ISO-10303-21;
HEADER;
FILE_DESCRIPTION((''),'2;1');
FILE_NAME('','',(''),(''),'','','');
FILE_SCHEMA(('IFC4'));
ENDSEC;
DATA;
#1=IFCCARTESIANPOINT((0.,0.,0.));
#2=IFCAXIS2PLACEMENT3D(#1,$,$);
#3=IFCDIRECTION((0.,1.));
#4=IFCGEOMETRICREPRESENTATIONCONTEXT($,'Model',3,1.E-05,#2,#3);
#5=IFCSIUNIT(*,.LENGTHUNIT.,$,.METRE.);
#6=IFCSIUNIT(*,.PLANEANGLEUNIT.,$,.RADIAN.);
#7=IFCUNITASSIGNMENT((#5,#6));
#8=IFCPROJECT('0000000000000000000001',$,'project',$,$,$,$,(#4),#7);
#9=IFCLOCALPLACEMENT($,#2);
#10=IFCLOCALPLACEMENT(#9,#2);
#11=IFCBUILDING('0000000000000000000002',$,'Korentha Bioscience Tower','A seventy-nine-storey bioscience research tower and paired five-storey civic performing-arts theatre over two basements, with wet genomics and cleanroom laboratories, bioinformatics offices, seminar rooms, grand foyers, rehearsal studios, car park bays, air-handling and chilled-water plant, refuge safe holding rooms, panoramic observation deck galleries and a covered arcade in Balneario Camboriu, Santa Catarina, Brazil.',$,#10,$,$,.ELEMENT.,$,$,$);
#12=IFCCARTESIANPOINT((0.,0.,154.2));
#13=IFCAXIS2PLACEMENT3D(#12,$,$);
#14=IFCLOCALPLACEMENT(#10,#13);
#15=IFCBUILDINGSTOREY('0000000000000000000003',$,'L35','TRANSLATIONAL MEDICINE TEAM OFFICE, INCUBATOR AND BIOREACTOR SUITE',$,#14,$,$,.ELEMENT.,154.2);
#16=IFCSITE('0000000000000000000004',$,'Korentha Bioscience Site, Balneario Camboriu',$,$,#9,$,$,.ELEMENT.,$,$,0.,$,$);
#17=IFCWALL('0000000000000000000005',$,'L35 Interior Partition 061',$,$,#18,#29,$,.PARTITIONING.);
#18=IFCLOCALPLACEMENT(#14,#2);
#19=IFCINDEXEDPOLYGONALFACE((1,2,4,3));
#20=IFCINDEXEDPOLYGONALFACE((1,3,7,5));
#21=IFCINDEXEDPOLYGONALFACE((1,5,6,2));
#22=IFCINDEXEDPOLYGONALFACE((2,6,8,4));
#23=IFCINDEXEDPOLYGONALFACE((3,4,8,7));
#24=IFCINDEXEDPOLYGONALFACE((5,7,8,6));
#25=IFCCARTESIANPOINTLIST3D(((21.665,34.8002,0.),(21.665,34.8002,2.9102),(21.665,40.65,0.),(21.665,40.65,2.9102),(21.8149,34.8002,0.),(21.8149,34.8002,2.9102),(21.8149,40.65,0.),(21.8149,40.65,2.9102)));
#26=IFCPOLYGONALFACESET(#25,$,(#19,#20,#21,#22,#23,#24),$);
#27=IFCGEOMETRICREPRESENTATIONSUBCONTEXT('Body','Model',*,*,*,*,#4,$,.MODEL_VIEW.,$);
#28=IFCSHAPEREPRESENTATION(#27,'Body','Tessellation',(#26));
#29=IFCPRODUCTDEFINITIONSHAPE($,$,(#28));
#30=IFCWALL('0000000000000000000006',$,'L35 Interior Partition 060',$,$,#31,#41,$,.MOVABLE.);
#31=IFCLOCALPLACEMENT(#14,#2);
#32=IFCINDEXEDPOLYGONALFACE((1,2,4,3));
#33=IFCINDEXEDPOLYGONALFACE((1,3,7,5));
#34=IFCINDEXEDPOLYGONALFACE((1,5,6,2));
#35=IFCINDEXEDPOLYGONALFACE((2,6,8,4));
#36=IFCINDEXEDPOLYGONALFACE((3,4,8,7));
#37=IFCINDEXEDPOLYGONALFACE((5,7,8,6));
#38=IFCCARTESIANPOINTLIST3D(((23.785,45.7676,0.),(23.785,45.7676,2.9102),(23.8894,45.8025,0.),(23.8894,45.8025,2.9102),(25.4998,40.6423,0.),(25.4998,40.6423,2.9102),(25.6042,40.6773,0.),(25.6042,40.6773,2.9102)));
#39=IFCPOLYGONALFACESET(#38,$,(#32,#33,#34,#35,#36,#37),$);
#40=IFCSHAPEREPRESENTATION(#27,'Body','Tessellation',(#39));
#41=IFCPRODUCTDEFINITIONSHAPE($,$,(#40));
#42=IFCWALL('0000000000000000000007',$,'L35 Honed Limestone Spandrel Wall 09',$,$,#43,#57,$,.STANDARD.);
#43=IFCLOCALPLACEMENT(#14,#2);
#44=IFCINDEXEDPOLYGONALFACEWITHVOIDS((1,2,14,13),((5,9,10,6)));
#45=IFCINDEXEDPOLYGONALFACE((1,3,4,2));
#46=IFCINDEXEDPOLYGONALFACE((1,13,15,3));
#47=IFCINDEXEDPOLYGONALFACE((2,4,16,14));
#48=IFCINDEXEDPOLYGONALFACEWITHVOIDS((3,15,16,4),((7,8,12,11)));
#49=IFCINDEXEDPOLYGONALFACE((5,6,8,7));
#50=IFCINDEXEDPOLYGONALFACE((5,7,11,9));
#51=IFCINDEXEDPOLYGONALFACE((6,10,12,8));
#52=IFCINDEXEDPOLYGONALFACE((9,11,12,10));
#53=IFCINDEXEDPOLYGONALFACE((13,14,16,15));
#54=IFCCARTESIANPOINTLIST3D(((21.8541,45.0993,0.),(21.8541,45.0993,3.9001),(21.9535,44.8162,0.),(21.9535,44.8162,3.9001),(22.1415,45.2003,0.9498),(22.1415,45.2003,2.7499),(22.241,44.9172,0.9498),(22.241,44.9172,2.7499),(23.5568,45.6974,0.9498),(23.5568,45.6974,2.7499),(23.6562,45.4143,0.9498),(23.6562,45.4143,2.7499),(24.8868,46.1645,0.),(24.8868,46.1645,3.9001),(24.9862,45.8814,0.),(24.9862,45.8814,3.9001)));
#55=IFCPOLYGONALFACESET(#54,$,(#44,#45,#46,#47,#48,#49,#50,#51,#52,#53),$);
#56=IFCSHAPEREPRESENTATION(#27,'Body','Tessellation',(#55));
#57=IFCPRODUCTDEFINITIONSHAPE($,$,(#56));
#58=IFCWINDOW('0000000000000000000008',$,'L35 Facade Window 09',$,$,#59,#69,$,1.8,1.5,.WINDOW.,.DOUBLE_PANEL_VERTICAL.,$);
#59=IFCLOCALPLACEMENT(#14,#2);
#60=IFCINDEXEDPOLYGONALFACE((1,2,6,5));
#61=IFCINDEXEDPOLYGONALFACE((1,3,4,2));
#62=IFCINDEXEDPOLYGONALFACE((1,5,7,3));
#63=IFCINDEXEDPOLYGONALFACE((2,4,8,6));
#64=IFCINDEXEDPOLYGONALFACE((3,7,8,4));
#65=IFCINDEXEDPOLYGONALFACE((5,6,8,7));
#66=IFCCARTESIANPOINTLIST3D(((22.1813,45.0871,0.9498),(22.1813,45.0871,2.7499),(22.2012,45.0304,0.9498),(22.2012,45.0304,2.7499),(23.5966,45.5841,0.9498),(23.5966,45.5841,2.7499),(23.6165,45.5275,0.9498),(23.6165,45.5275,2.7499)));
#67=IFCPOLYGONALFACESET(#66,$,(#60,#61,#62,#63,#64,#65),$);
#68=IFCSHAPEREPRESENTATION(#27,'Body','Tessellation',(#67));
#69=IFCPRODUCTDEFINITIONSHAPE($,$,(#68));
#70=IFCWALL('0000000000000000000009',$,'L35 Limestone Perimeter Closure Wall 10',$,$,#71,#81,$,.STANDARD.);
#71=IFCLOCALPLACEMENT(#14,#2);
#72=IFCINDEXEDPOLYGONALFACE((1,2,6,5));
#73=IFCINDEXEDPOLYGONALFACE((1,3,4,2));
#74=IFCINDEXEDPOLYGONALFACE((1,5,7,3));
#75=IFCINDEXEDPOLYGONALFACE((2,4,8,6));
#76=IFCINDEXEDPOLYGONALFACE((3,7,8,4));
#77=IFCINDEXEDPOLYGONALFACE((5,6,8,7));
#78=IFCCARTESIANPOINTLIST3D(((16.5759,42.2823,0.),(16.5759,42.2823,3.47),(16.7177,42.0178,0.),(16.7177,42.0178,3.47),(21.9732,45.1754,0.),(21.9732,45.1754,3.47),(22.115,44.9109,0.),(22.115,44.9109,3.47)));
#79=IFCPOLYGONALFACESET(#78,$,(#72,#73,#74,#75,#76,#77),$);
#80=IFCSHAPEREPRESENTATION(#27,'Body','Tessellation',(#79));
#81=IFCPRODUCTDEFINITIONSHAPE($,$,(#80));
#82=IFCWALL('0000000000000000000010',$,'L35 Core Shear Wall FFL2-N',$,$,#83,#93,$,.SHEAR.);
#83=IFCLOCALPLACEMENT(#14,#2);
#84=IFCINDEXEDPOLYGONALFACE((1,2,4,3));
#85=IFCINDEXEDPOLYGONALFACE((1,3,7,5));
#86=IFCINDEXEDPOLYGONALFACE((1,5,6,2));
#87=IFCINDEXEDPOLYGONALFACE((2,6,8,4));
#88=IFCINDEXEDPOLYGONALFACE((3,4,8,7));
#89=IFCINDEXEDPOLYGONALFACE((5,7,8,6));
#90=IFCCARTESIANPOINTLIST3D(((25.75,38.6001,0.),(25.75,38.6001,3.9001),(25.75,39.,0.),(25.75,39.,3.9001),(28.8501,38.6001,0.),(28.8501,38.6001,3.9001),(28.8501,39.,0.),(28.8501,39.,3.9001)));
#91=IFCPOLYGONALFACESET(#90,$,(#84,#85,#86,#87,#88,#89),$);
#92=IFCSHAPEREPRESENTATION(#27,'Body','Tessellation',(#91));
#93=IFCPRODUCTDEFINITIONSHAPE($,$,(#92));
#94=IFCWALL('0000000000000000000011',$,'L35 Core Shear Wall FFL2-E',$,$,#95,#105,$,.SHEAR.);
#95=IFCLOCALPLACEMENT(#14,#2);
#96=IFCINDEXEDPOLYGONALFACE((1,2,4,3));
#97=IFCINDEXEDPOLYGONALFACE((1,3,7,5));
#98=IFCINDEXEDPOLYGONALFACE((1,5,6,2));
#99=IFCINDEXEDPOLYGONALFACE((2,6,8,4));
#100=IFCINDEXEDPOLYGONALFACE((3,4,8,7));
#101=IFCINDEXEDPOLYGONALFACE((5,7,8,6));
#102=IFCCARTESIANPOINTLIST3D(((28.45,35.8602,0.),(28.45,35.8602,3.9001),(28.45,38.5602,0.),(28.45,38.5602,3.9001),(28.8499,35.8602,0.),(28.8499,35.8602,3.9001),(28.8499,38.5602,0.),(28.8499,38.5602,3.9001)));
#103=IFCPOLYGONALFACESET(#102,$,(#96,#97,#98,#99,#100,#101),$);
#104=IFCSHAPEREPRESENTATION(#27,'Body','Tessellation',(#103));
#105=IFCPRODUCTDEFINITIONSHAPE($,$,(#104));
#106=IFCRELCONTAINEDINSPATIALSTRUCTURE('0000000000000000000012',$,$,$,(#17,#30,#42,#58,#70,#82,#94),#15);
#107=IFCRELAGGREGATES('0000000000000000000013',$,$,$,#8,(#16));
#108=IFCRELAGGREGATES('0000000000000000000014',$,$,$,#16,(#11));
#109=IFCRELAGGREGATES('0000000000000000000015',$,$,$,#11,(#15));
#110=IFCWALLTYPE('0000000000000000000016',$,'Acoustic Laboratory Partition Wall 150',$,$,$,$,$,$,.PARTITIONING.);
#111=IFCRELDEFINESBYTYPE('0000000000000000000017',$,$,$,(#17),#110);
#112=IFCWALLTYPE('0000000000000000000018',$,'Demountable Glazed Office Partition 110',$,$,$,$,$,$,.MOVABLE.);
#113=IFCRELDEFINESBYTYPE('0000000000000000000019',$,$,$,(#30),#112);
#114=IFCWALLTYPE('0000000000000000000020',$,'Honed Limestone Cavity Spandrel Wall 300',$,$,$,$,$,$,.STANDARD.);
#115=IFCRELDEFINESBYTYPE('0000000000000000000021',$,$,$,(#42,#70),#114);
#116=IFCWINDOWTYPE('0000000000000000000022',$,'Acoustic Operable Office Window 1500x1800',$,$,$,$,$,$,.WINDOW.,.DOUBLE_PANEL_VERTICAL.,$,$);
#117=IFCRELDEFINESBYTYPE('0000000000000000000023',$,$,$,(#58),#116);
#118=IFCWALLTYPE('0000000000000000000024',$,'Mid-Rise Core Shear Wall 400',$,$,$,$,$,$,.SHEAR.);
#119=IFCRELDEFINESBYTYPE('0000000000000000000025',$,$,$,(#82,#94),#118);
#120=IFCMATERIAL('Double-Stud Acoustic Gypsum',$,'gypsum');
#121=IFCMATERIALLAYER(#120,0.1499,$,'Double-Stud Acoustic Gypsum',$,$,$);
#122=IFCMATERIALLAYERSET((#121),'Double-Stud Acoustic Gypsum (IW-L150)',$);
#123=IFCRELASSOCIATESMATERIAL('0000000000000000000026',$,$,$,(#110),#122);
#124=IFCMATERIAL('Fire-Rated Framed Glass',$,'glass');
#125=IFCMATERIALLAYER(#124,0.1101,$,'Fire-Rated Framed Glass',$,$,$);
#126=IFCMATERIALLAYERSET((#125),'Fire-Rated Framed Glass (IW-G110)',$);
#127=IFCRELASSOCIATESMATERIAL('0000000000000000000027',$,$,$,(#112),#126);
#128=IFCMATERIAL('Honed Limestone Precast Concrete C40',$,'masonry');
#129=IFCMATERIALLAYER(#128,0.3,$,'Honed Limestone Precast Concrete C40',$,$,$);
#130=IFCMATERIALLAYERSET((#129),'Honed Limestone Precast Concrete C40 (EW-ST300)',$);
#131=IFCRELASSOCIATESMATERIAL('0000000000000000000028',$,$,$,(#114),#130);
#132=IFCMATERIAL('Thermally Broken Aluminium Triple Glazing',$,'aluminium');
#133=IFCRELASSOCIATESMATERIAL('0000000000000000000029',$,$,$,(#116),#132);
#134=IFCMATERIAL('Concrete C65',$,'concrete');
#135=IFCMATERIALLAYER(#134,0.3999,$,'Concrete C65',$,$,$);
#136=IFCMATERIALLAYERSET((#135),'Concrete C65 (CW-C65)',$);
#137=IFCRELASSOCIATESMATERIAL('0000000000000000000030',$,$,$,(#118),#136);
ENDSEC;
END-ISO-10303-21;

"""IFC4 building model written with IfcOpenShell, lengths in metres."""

from ifc_helpers import new_model, si_unit, direction, frame, frame_2d, origin, place, context, subcontext, project, spatial, rectangle, extrude, material, layer, layer_set, type_object, element, fill, save


model = new_model("IFC4")

# Units and contexts
model_context = context("Model", 3, precision=1e-05, world=origin(), true_north=direction((0.0, 1.0)))
body_context = subcontext(model_context, "Body", "Model", "MODEL_VIEW")
ifc_project = project(units=[si_unit("LENGTHUNIT", "METRE"), si_unit("PLANEANGLEUNIT", "RADIAN")], contexts=[model_context])

# Site, building, storey
site_placement = place(None, origin())
site = spatial("IfcSite", under=ifc_project, at=site_placement, Name="Korentha Bioscience Site, Balneario Camboriu", CompositionType="ELEMENT", RefElevation=0.0)
building_placement = place(site_placement, origin())
building = spatial("IfcBuilding", under=site, at=building_placement, Name="Korentha Bioscience Tower", Description="A seventy-nine-storey bioscience research tower and paired five-storey civic performing-arts theatre over two basements, with wet genomics and cleanroom laboratories, bioinformatics offices, seminar rooms, grand foyers, rehearsal studios, car park bays, air-handling and chilled-water plant, refuge safe holding rooms, panoramic observation deck galleries and a covered arcade in Balneario Camboriu, Santa Catarina, Brazil.", CompositionType="ELEMENT")
storey_placement = place(building_placement, frame((0.0, 0.0, 154.2)))
storey = spatial("IfcBuildingStorey", under=building, at=storey_placement, Name="L35", Description="TRANSLATIONAL MEDICINE TEAM OFFICE, INCUBATOR AND BIOREACTOR SUITE", CompositionType="ELEMENT", Elevation=154.2)

# Shared definitions
ifc_material_1 = material(Name="Concrete C65", Category="concrete")

# Shared definitions
ifc_material_2 = material(Name="Double-Stud Acoustic Gypsum", Category="gypsum")
ifc_layer_1 = layer(ifc_material_2, 0.1499, Name="Double-Stud Acoustic Gypsum")
ifc_layer_set_1 = layer_set([ifc_layer_1], Name="Double-Stud Acoustic Gypsum (IW-L150)")
wall_type_1 = type_object("IfcWallType", Name="Acoustic Laboratory Partition Wall 150", PredefinedType="PARTITIONING", material=ifc_layer_set_1)

# Walls
wall_1_placement = place(storey_placement, frame((21.74, 40.6499, 0.0), z_axis=(0.0, 0.0, 1.0), x_axis=(0.0, -1.0, 0.0)))
element("IfcWall", 1, at=wall_1_placement, inside=storey, type_object=wall_type_1, Name="L35 Interior Partition 061", PredefinedType="PARTITIONING", context=body_context, shape_type="SweptSolid", body=[
    extrude(rectangle(XDim=5.8499, YDim=0.1499, at=frame_2d((2.9248, 0.0))), origin(), (0.0, 0.0, 1.0), 2.9102),
])
ifc_material_3 = material(Name="Fire-Rated Framed Glass", Category="glass")
ifc_layer_2 = layer(ifc_material_3, 0.1101, Name="Fire-Rated Framed Glass")
ifc_layer_set_2 = layer_set([ifc_layer_2], Name="Fire-Rated Framed Glass (IW-G110)")
wall_type_2 = type_object("IfcWallType", Name="Demountable Glazed Office Partition 110", PredefinedType="MOVABLE", material=ifc_layer_set_2)
wall_2_placement = place(storey_placement, frame((25.552, 40.6599, 0.0), z_axis=(0.0, 0.0, 1.0), x_axis=(-0.317298, 0.948326, 0.0)))
element("IfcWall", 2, at=wall_2_placement, inside=storey, type_object=wall_type_2, Name="L35 Interior Partition 060", PredefinedType="MOVABLE", context=body_context, shape_type="SweptSolid", body=[
    extrude(rectangle(XDim=5.4045, YDim=0.1101, at=frame_2d((2.7021, 0.0))), origin(), (0.0, 0.0, 1.0), 2.9102),
])

# Shared definitions
ifc_material_4 = material(Name="Honed Limestone Precast Concrete C40", Category="masonry")
ifc_layer_3 = layer(ifc_material_4, 0.3, Name="Honed Limestone Precast Concrete C40")
ifc_layer_set_3 = layer_set([ifc_layer_3], Name="Honed Limestone Precast Concrete C40 (EW-ST300)")
wall_type_3 = type_object("IfcWallType", Name="Honed Limestone Cavity Spandrel Wall 300", PredefinedType="STANDARD", material=ifc_layer_set_3)

# Wall, opening, window
wall_3_placement = place(storey_placement, frame((24.9365, 46.0229, 0.0), z_axis=(0.0, 0.0, 1.0), x_axis=(-0.943495, -0.331385, 0.0)))
wall_3 = element("IfcWall", 3, at=wall_3_placement, inside=storey, type_object=wall_type_3, Name="L35 Honed Limestone Spandrel Wall 09", PredefinedType="STANDARD", context=body_context, shape_type="SweptSolid", body=[
    extrude(rectangle(XDim=3.2144, YDim=0.3, at=frame_2d((1.6072, 0.0))), origin(), (0.0, 0.0, 1.0), 3.9001),
])
opening_1_placement = place(wall_3_placement, frame((1.4097, 0.0, 0.95)))
opening_1 = element("IfcOpeningElement", 4, at=opening_1_placement, cuts=wall_3, PredefinedType="OPENING", context=body_context, shape_type="SweptSolid", body=[
    extrude(rectangle(XDim=1.5, YDim=1.8, at=frame_2d((0.75, 0.8999))), frame((0.0, 0.165, 0.0), z_axis=(0.0, -1.0, 0.0), x_axis=(1.0, 0.0, 0.0)), (0.0, 0.0, 1.0), 0.3298),
])
ifc_material_5 = material(Name="Thermally Broken Aluminium Triple Glazing", Category="aluminium")
window_type = type_object("IfcWindowType", Name="Acoustic Operable Office Window 1500x1800", PartitioningType="DOUBLE_PANEL_VERTICAL", PredefinedType="WINDOW", material=ifc_material_5)
window_placement = place(opening_1_placement, origin())
window = element("IfcWindow", 5, at=window_placement, inside=storey, type_object=window_type, Name="L35 Facade Window 09", OverallHeight=1.8, OverallWidth=1.5, PartitioningType="DOUBLE_PANEL_VERTICAL", PredefinedType="WINDOW", context=body_context, shape_type="SweptSolid", body=[
    extrude(rectangle(XDim=1.5, YDim=1.8, at=frame_2d((0.75, 0.8999))), frame((0.0, 0.03, 0.0), z_axis=(0.0, -1.0, 0.0), x_axis=(1.0, 0.0, 0.0)), (0.0, 0.0, 1.0), 0.0601),
])
fill(opening_1, window)

# Walls
wall_4_placement = place(storey_placement, frame((22.0442, 45.0432, 0.0), z_axis=(0.0, 0.0, 1.0), x_axis=(-0.881364, -0.472437, 0.0)))
element("IfcWall", 6, at=wall_4_placement, inside=storey, type_object=wall_type_3, Name="L35 Limestone Perimeter Closure Wall 10", PredefinedType="STANDARD", context=body_context, shape_type="SweptSolid", body=[
    extrude(rectangle(XDim=6.1238, YDim=0.3, at=frame_2d((3.062, 0.0))), origin(), (0.0, 0.0, 1.0), 3.47),
])
ifc_layer_4 = layer(ifc_material_1, 0.3999, Name="Concrete C65")
ifc_layer_set_4 = layer_set([ifc_layer_4], Name="Concrete C65 (CW-C65)")
wall_type_4 = type_object("IfcWallType", Name="Mid-Rise Core Shear Wall 400", PredefinedType="SHEAR", material=ifc_layer_set_4)
wall_5_placement = place(storey_placement, frame((25.75, 38.8, 0.0), z_axis=(0.0, 0.0, 1.0), x_axis=(1.0, 0.0, 0.0)))
element("IfcWall", 7, at=wall_5_placement, inside=storey, type_object=wall_type_4, Name="L35 Core Shear Wall FFL2-N", PredefinedType="SHEAR", context=body_context, shape_type="SweptSolid", body=[
    extrude(rectangle(XDim=3.1001, YDim=0.3999, at=frame_2d((1.55, 0.0))), origin(), (0.0, 0.0, 1.0), 3.9001),
])
wall_6_placement = place(storey_placement, frame((28.6499, 35.8601, 0.0), z_axis=(0.0, 0.0, 1.0), x_axis=(0.0, 1.0, 0.0)))
element("IfcWall", 8, at=wall_6_placement, inside=storey, type_object=wall_type_4, Name="L35 Core Shear Wall FFL2-E", PredefinedType="SHEAR", context=body_context, shape_type="SweptSolid", body=[
    extrude(rectangle(XDim=2.7, YDim=0.3999, at=frame_2d((1.3501, 0.0))), origin(), (0.0, 0.0, 1.0), 3.9001),
])

save(model, "model.ifc")
